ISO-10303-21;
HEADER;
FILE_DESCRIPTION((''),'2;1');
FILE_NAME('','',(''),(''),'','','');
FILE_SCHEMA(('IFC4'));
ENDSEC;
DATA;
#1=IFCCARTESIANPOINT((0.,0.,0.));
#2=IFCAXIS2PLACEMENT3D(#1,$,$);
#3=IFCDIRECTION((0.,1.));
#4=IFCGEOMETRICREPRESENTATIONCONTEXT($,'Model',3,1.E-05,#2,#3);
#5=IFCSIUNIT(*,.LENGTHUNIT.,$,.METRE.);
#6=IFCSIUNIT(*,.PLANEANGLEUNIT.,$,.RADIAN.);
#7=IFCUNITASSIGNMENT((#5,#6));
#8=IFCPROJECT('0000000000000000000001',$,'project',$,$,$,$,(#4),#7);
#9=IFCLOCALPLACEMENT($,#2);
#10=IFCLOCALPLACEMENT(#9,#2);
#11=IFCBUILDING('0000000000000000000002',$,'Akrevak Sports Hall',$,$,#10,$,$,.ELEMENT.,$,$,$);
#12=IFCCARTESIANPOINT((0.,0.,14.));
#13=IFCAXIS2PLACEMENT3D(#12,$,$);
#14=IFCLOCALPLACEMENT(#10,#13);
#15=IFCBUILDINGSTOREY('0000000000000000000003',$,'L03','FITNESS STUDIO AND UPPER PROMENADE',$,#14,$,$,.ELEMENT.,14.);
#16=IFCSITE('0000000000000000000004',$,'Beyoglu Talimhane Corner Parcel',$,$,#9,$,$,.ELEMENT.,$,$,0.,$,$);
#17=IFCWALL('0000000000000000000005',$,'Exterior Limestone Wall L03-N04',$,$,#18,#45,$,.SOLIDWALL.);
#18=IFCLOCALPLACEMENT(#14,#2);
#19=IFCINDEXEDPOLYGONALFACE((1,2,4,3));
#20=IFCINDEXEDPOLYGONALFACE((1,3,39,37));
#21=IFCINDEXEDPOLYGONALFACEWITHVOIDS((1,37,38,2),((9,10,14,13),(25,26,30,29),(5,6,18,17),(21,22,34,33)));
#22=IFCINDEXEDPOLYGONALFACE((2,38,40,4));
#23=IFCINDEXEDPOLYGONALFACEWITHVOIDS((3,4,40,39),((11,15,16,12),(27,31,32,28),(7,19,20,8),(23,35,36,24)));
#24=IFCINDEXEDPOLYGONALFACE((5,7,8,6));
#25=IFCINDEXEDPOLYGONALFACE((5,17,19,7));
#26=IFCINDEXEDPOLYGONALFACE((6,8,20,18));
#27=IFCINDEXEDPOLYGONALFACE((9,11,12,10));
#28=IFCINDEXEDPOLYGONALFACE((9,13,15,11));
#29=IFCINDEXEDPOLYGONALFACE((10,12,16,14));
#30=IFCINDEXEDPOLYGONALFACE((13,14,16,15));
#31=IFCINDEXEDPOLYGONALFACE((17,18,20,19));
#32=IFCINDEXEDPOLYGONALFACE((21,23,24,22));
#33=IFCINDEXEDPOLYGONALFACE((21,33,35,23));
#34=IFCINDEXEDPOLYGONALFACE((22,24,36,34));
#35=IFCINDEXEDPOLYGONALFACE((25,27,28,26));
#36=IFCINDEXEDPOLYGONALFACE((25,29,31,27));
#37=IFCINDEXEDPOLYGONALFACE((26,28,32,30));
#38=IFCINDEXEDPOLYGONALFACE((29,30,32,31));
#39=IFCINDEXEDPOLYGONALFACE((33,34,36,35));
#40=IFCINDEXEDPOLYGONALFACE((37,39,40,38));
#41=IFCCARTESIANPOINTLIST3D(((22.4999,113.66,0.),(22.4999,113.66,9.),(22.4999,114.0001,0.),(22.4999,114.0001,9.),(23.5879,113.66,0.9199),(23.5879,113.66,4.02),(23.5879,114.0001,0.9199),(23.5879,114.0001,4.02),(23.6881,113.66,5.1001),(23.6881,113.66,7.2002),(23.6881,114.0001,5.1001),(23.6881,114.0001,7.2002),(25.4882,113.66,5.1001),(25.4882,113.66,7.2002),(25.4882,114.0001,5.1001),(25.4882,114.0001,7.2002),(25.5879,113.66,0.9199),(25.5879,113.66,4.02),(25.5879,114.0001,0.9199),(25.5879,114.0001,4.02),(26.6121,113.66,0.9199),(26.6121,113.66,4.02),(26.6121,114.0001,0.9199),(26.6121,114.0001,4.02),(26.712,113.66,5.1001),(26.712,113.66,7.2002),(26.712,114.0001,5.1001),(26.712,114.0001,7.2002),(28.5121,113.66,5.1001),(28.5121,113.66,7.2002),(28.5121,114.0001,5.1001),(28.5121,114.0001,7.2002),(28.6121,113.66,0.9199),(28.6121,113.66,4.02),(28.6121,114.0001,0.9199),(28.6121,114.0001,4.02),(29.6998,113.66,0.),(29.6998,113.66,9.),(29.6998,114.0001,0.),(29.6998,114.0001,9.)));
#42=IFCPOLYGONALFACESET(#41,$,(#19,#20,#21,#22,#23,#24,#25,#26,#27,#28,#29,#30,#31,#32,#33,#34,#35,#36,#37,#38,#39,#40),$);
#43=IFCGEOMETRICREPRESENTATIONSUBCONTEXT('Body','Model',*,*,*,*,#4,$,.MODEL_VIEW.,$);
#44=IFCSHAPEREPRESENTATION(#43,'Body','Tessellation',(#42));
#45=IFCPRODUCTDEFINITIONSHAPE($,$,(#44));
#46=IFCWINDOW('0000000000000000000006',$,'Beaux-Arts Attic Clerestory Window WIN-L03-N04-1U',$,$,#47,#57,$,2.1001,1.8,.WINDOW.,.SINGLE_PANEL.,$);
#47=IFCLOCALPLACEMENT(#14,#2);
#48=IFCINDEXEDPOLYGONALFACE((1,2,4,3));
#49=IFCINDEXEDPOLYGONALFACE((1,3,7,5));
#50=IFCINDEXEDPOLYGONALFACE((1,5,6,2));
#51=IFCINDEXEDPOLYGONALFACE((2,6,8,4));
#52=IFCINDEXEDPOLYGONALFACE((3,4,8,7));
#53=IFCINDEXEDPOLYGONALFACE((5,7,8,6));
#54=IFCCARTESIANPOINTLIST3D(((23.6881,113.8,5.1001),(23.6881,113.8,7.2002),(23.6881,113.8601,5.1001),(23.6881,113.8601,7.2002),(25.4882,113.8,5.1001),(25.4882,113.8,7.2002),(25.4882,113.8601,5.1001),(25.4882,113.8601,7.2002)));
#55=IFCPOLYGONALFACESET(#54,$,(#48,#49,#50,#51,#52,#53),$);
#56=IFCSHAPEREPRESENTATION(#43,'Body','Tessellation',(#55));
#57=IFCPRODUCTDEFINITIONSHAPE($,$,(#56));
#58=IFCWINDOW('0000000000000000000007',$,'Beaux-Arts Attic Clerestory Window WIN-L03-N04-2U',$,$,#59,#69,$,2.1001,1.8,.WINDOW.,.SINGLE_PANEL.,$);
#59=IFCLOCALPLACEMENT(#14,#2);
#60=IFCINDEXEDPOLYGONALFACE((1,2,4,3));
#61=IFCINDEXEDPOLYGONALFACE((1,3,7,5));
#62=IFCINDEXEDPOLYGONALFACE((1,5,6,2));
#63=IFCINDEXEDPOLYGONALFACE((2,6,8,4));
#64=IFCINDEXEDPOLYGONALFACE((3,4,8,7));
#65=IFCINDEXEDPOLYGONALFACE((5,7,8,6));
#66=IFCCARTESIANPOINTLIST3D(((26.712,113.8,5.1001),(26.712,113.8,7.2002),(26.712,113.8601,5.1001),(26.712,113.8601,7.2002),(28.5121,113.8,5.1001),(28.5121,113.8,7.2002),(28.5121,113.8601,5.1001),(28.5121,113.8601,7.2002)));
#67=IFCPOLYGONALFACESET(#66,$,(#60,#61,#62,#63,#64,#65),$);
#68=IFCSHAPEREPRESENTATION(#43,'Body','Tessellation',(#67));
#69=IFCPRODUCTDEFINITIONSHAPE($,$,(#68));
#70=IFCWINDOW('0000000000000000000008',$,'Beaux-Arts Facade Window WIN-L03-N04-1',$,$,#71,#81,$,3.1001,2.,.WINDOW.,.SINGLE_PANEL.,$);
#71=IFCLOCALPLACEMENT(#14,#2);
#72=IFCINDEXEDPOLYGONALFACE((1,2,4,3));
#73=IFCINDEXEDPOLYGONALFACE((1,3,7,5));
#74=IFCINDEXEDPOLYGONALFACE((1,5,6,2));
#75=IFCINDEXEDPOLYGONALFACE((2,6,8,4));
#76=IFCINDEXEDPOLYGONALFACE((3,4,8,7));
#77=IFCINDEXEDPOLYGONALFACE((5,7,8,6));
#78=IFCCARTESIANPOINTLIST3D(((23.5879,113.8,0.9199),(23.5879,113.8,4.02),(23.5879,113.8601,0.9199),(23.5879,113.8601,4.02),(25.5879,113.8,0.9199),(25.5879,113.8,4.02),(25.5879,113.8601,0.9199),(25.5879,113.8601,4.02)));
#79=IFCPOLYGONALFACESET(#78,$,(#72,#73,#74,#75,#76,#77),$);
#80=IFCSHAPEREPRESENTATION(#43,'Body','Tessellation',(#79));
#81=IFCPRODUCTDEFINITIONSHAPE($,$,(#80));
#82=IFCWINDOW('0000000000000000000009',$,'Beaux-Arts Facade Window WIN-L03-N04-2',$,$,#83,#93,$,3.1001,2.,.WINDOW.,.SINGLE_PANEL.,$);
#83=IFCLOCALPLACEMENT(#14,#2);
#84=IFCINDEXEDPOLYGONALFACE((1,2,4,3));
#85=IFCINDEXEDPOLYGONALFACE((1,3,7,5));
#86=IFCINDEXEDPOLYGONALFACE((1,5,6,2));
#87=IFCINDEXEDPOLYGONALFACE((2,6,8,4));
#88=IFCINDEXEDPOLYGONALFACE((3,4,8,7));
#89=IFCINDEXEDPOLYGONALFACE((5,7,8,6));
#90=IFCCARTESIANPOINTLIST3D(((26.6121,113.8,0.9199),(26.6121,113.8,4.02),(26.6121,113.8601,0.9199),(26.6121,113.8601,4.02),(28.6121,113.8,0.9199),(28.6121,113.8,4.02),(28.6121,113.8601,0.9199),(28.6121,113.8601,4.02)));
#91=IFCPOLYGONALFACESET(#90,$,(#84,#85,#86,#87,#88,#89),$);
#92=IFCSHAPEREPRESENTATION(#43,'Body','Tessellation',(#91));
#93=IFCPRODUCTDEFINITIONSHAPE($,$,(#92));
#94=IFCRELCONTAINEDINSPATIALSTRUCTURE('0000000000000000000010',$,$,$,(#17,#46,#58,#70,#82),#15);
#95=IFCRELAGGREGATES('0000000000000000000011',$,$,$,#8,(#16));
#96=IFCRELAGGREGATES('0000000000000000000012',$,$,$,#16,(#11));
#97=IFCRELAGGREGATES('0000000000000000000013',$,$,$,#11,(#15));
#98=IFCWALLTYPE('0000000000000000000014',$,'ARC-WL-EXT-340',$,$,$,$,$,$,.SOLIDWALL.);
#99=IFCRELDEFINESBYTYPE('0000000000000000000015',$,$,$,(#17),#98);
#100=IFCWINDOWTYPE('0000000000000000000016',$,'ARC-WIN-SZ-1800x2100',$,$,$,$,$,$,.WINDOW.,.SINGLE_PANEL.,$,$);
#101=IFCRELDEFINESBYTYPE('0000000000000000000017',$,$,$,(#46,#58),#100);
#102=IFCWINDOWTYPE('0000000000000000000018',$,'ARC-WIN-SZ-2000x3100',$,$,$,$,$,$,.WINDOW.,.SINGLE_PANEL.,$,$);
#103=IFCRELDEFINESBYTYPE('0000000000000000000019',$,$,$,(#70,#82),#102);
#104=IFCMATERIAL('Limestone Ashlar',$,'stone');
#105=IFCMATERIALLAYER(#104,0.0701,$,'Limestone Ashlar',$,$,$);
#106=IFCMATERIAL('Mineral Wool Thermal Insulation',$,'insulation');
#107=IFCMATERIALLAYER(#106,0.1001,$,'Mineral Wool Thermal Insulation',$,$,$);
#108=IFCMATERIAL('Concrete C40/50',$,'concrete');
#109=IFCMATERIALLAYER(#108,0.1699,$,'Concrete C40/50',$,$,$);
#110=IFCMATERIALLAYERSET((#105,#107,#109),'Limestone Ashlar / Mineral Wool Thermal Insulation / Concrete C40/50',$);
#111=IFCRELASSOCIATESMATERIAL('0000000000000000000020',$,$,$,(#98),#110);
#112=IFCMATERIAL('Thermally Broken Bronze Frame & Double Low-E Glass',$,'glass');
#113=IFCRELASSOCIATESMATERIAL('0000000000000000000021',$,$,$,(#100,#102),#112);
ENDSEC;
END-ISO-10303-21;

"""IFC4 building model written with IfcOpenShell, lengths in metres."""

from ifc_helpers import new_model, si_unit, direction, frame, frame_2d, origin, place, context, subcontext, project, spatial, rectangle, extrude, material, layer, layer_set, type_object, element, fill, save


model = new_model("IFC4")

# Units and contexts
model_context = context("Model", 3, precision=1e-05, world=origin(), true_north=direction((0.0, 1.0)))
body_context = subcontext(model_context, "Body", "Model", "MODEL_VIEW")
ifc_project = project(units=[si_unit("LENGTHUNIT", "METRE"), si_unit("PLANEANGLEUNIT", "RADIAN")], contexts=[model_context])

# Site, building, storey
site_placement = place(None, origin())
site = spatial("IfcSite", under=ifc_project, at=site_placement, Name="Beyoglu Talimhane Corner Parcel", CompositionType="ELEMENT", RefElevation=0.0)
building_placement = place(site_placement, origin())
building = spatial("IfcBuilding", under=site, at=building_placement, Name="Akrevak Sports Hall", CompositionType="ELEMENT")
storey_placement = place(building_placement, frame((0.0, 0.0, 14.0)))
storey = spatial("IfcBuildingStorey", under=building, at=storey_placement, Name="L03", Description="FITNESS STUDIO AND UPPER PROMENADE", CompositionType="ELEMENT", Elevation=14.0)

# Shared definitions
ifc_material_1 = material(Name="Concrete C40/50", Category="concrete")

# Wall, openings, windows
ifc_material_2 = material(Name="Limestone Ashlar", Category="stone")
ifc_layer_1 = layer(ifc_material_2, 0.0701, Name="Limestone Ashlar")
ifc_material_3 = material(Name="Mineral Wool Thermal Insulation", Category="insulation")
ifc_layer_2 = layer(ifc_material_3, 0.1001, Name="Mineral Wool Thermal Insulation")
ifc_layer_3 = layer(ifc_material_1, 0.1699, Name="Concrete C40/50")
ifc_layer_set_1 = layer_set([ifc_layer_1, ifc_layer_2, ifc_layer_3], Name="Limestone Ashlar / Mineral Wool Thermal Insulation / Concrete C40/50")
wall_type = type_object("IfcWallType", Name="ARC-WL-EXT-340", PredefinedType="SOLIDWALL", material=ifc_layer_set_1)
ifc_material_4 = material(Name="Thermally Broken Bronze Frame & Double Low-E Glass", Category="glass")
window_type_1 = type_object("IfcWindowType", Name="ARC-WIN-SZ-1800x2100", PartitioningType="SINGLE_PANEL", PredefinedType="WINDOW", material=ifc_material_4)
window_type_2 = type_object("IfcWindowType", Name="ARC-WIN-SZ-2000x3100", PartitioningType="SINGLE_PANEL", PredefinedType="WINDOW", material=ifc_material_4)
wall_1_placement = place(storey_placement, frame((29.7, 113.8301, 0.0), z_axis=(0.0, 0.0, 1.0), x_axis=(-1.0, 0.0, 0.0)))
wall_1 = element("IfcWall", 1, at=wall_1_placement, inside=storey, type_object=wall_type, Name="Exterior Limestone Wall L03-N04", PredefinedType="SOLIDWALL", context=body_context, shape_type="SweptSolid", body=[
    extrude(rectangle(XDim=7.2, YDim=0.3401, at=frame_2d((3.6001, 0.0))), origin(), (0.0, 0.0, 1.0), 9.0),
])
opening_1_placement = place(wall_1_placement, frame((4.1121, 0.0, 0.9199)))
opening_1 = element("IfcOpeningElement", 2, at=opening_1_placement, cuts=wall_1, PredefinedType="OPENING", context=body_context, shape_type="SweptSolid", body=[
    extrude(rectangle(XDim=2.0, YDim=3.1001, at=frame_2d((1.0, 1.55))), frame((0.0, 0.1821, 0.0), z_axis=(0.0, -1.0, 0.0), x_axis=(1.0, 0.0, 0.0)), (0.0, 0.0, 1.0), 0.364),
])
opening_2_placement = place(wall_1_placement, frame((4.2119, 0.0, 5.1001)))
opening_2 = element("IfcOpeningElement", 3, at=opening_2_placement, cuts=wall_1, PredefinedType="OPENING", context=body_context, shape_type="SweptSolid", body=[
    extrude(rectangle(XDim=1.8, YDim=2.1001, at=frame_2d((0.8999, 1.05))), frame((0.0, 0.1821, 0.0), z_axis=(0.0, -1.0, 0.0), x_axis=(1.0, 0.0, 0.0)), (0.0, 0.0, 1.0), 0.364),
])
opening_3_placement = place(wall_1_placement, frame((1.0879, 0.0, 0.9199)))
opening_3 = element("IfcOpeningElement", 4, at=opening_3_placement, cuts=wall_1, PredefinedType="OPENING", context=body_context, shape_type="SweptSolid", body=[
    extrude(rectangle(XDim=2.0, YDim=3.1001, at=frame_2d((1.0, 1.55))), frame((0.0, 0.1821, 0.0), z_axis=(0.0, -1.0, 0.0), x_axis=(1.0, 0.0, 0.0)), (0.0, 0.0, 1.0), 0.364),
])
opening_4_placement = place(wall_1_placement, frame((1.188, 0.0, 5.1001)))
opening_4 = element("IfcOpeningElement", 5, at=opening_4_placement, cuts=wall_1, PredefinedType="OPENING", context=body_context, shape_type="SweptSolid", body=[
    extrude(rectangle(XDim=1.8, YDim=2.1001, at=frame_2d((0.8999, 1.05))), frame((0.0, 0.1821, 0.0), z_axis=(0.0, -1.0, 0.0), x_axis=(1.0, 0.0, 0.0)), (0.0, 0.0, 1.0), 0.364),
])
window_1_placement = place(opening_2_placement, origin())
window_1 = element("IfcWindow", 6, at=window_1_placement, inside=storey, type_object=window_type_1, Name="Beaux-Arts Attic Clerestory Window WIN-L03-N04-1U", OverallHeight=2.1001, OverallWidth=1.8, PartitioningType="SINGLE_PANEL", PredefinedType="WINDOW", context=body_context, shape_type="SweptSolid", body=[
    extrude(rectangle(XDim=1.8, YDim=2.1001, at=frame_2d((0.8999, 1.05))), frame((0.0, 0.03, 0.0), z_axis=(0.0, -1.0, 0.0), x_axis=(1.0, 0.0, 0.0)), (0.0, 0.0, 1.0), 0.0601),
])
fill(opening_2, window_1)
window_2_placement = place(opening_4_placement, origin())
window_2 = element("IfcWindow", 7, at=window_2_placement, inside=storey, type_object=window_type_1, Name="Beaux-Arts Attic Clerestory Window WIN-L03-N04-2U", OverallHeight=2.1001, OverallWidth=1.8, PartitioningType="SINGLE_PANEL", PredefinedType="WINDOW", context=body_context, shape_type="SweptSolid", body=[
    extrude(rectangle(XDim=1.8, YDim=2.1001, at=frame_2d((0.8999, 1.05))), frame((0.0, 0.03, 0.0), z_axis=(0.0, -1.0, 0.0), x_axis=(1.0, 0.0, 0.0)), (0.0, 0.0, 1.0), 0.0601),
])
fill(opening_4, window_2)
window_3_placement = place(opening_1_placement, origin())
window_3 = element("IfcWindow", 8, at=window_3_placement, inside=storey, type_object=window_type_2, Name="Beaux-Arts Facade Window WIN-L03-N04-1", OverallHeight=3.1001, OverallWidth=2.0, PartitioningType="SINGLE_PANEL", PredefinedType="WINDOW", context=body_context, shape_type="SweptSolid", body=[
    extrude(rectangle(XDim=2.0, YDim=3.1001, at=frame_2d((1.0, 1.55))), frame((0.0, 0.03, 0.0), z_axis=(0.0, -1.0, 0.0), x_axis=(1.0, 0.0, 0.0)), (0.0, 0.0, 1.0), 0.0601),
])
fill(opening_1, window_3)
window_4_placement = place(opening_3_placement, origin())
window_4 = element("IfcWindow", 9, at=window_4_placement, inside=storey, type_object=window_type_2, Name="Beaux-Arts Facade Window WIN-L03-N04-2", OverallHeight=3.1001, OverallWidth=2.0, PartitioningType="SINGLE_PANEL", PredefinedType="WINDOW", context=body_context, shape_type="SweptSolid", body=[
    extrude(rectangle(XDim=2.0, YDim=3.1001, at=frame_2d((1.0, 1.55))), frame((0.0, 0.03, 0.0), z_axis=(0.0, -1.0, 0.0), x_axis=(1.0, 0.0, 0.0)), (0.0, 0.0, 1.0), 0.0601),
])
fill(opening_3, window_4)

save(model, "model.ifc")
